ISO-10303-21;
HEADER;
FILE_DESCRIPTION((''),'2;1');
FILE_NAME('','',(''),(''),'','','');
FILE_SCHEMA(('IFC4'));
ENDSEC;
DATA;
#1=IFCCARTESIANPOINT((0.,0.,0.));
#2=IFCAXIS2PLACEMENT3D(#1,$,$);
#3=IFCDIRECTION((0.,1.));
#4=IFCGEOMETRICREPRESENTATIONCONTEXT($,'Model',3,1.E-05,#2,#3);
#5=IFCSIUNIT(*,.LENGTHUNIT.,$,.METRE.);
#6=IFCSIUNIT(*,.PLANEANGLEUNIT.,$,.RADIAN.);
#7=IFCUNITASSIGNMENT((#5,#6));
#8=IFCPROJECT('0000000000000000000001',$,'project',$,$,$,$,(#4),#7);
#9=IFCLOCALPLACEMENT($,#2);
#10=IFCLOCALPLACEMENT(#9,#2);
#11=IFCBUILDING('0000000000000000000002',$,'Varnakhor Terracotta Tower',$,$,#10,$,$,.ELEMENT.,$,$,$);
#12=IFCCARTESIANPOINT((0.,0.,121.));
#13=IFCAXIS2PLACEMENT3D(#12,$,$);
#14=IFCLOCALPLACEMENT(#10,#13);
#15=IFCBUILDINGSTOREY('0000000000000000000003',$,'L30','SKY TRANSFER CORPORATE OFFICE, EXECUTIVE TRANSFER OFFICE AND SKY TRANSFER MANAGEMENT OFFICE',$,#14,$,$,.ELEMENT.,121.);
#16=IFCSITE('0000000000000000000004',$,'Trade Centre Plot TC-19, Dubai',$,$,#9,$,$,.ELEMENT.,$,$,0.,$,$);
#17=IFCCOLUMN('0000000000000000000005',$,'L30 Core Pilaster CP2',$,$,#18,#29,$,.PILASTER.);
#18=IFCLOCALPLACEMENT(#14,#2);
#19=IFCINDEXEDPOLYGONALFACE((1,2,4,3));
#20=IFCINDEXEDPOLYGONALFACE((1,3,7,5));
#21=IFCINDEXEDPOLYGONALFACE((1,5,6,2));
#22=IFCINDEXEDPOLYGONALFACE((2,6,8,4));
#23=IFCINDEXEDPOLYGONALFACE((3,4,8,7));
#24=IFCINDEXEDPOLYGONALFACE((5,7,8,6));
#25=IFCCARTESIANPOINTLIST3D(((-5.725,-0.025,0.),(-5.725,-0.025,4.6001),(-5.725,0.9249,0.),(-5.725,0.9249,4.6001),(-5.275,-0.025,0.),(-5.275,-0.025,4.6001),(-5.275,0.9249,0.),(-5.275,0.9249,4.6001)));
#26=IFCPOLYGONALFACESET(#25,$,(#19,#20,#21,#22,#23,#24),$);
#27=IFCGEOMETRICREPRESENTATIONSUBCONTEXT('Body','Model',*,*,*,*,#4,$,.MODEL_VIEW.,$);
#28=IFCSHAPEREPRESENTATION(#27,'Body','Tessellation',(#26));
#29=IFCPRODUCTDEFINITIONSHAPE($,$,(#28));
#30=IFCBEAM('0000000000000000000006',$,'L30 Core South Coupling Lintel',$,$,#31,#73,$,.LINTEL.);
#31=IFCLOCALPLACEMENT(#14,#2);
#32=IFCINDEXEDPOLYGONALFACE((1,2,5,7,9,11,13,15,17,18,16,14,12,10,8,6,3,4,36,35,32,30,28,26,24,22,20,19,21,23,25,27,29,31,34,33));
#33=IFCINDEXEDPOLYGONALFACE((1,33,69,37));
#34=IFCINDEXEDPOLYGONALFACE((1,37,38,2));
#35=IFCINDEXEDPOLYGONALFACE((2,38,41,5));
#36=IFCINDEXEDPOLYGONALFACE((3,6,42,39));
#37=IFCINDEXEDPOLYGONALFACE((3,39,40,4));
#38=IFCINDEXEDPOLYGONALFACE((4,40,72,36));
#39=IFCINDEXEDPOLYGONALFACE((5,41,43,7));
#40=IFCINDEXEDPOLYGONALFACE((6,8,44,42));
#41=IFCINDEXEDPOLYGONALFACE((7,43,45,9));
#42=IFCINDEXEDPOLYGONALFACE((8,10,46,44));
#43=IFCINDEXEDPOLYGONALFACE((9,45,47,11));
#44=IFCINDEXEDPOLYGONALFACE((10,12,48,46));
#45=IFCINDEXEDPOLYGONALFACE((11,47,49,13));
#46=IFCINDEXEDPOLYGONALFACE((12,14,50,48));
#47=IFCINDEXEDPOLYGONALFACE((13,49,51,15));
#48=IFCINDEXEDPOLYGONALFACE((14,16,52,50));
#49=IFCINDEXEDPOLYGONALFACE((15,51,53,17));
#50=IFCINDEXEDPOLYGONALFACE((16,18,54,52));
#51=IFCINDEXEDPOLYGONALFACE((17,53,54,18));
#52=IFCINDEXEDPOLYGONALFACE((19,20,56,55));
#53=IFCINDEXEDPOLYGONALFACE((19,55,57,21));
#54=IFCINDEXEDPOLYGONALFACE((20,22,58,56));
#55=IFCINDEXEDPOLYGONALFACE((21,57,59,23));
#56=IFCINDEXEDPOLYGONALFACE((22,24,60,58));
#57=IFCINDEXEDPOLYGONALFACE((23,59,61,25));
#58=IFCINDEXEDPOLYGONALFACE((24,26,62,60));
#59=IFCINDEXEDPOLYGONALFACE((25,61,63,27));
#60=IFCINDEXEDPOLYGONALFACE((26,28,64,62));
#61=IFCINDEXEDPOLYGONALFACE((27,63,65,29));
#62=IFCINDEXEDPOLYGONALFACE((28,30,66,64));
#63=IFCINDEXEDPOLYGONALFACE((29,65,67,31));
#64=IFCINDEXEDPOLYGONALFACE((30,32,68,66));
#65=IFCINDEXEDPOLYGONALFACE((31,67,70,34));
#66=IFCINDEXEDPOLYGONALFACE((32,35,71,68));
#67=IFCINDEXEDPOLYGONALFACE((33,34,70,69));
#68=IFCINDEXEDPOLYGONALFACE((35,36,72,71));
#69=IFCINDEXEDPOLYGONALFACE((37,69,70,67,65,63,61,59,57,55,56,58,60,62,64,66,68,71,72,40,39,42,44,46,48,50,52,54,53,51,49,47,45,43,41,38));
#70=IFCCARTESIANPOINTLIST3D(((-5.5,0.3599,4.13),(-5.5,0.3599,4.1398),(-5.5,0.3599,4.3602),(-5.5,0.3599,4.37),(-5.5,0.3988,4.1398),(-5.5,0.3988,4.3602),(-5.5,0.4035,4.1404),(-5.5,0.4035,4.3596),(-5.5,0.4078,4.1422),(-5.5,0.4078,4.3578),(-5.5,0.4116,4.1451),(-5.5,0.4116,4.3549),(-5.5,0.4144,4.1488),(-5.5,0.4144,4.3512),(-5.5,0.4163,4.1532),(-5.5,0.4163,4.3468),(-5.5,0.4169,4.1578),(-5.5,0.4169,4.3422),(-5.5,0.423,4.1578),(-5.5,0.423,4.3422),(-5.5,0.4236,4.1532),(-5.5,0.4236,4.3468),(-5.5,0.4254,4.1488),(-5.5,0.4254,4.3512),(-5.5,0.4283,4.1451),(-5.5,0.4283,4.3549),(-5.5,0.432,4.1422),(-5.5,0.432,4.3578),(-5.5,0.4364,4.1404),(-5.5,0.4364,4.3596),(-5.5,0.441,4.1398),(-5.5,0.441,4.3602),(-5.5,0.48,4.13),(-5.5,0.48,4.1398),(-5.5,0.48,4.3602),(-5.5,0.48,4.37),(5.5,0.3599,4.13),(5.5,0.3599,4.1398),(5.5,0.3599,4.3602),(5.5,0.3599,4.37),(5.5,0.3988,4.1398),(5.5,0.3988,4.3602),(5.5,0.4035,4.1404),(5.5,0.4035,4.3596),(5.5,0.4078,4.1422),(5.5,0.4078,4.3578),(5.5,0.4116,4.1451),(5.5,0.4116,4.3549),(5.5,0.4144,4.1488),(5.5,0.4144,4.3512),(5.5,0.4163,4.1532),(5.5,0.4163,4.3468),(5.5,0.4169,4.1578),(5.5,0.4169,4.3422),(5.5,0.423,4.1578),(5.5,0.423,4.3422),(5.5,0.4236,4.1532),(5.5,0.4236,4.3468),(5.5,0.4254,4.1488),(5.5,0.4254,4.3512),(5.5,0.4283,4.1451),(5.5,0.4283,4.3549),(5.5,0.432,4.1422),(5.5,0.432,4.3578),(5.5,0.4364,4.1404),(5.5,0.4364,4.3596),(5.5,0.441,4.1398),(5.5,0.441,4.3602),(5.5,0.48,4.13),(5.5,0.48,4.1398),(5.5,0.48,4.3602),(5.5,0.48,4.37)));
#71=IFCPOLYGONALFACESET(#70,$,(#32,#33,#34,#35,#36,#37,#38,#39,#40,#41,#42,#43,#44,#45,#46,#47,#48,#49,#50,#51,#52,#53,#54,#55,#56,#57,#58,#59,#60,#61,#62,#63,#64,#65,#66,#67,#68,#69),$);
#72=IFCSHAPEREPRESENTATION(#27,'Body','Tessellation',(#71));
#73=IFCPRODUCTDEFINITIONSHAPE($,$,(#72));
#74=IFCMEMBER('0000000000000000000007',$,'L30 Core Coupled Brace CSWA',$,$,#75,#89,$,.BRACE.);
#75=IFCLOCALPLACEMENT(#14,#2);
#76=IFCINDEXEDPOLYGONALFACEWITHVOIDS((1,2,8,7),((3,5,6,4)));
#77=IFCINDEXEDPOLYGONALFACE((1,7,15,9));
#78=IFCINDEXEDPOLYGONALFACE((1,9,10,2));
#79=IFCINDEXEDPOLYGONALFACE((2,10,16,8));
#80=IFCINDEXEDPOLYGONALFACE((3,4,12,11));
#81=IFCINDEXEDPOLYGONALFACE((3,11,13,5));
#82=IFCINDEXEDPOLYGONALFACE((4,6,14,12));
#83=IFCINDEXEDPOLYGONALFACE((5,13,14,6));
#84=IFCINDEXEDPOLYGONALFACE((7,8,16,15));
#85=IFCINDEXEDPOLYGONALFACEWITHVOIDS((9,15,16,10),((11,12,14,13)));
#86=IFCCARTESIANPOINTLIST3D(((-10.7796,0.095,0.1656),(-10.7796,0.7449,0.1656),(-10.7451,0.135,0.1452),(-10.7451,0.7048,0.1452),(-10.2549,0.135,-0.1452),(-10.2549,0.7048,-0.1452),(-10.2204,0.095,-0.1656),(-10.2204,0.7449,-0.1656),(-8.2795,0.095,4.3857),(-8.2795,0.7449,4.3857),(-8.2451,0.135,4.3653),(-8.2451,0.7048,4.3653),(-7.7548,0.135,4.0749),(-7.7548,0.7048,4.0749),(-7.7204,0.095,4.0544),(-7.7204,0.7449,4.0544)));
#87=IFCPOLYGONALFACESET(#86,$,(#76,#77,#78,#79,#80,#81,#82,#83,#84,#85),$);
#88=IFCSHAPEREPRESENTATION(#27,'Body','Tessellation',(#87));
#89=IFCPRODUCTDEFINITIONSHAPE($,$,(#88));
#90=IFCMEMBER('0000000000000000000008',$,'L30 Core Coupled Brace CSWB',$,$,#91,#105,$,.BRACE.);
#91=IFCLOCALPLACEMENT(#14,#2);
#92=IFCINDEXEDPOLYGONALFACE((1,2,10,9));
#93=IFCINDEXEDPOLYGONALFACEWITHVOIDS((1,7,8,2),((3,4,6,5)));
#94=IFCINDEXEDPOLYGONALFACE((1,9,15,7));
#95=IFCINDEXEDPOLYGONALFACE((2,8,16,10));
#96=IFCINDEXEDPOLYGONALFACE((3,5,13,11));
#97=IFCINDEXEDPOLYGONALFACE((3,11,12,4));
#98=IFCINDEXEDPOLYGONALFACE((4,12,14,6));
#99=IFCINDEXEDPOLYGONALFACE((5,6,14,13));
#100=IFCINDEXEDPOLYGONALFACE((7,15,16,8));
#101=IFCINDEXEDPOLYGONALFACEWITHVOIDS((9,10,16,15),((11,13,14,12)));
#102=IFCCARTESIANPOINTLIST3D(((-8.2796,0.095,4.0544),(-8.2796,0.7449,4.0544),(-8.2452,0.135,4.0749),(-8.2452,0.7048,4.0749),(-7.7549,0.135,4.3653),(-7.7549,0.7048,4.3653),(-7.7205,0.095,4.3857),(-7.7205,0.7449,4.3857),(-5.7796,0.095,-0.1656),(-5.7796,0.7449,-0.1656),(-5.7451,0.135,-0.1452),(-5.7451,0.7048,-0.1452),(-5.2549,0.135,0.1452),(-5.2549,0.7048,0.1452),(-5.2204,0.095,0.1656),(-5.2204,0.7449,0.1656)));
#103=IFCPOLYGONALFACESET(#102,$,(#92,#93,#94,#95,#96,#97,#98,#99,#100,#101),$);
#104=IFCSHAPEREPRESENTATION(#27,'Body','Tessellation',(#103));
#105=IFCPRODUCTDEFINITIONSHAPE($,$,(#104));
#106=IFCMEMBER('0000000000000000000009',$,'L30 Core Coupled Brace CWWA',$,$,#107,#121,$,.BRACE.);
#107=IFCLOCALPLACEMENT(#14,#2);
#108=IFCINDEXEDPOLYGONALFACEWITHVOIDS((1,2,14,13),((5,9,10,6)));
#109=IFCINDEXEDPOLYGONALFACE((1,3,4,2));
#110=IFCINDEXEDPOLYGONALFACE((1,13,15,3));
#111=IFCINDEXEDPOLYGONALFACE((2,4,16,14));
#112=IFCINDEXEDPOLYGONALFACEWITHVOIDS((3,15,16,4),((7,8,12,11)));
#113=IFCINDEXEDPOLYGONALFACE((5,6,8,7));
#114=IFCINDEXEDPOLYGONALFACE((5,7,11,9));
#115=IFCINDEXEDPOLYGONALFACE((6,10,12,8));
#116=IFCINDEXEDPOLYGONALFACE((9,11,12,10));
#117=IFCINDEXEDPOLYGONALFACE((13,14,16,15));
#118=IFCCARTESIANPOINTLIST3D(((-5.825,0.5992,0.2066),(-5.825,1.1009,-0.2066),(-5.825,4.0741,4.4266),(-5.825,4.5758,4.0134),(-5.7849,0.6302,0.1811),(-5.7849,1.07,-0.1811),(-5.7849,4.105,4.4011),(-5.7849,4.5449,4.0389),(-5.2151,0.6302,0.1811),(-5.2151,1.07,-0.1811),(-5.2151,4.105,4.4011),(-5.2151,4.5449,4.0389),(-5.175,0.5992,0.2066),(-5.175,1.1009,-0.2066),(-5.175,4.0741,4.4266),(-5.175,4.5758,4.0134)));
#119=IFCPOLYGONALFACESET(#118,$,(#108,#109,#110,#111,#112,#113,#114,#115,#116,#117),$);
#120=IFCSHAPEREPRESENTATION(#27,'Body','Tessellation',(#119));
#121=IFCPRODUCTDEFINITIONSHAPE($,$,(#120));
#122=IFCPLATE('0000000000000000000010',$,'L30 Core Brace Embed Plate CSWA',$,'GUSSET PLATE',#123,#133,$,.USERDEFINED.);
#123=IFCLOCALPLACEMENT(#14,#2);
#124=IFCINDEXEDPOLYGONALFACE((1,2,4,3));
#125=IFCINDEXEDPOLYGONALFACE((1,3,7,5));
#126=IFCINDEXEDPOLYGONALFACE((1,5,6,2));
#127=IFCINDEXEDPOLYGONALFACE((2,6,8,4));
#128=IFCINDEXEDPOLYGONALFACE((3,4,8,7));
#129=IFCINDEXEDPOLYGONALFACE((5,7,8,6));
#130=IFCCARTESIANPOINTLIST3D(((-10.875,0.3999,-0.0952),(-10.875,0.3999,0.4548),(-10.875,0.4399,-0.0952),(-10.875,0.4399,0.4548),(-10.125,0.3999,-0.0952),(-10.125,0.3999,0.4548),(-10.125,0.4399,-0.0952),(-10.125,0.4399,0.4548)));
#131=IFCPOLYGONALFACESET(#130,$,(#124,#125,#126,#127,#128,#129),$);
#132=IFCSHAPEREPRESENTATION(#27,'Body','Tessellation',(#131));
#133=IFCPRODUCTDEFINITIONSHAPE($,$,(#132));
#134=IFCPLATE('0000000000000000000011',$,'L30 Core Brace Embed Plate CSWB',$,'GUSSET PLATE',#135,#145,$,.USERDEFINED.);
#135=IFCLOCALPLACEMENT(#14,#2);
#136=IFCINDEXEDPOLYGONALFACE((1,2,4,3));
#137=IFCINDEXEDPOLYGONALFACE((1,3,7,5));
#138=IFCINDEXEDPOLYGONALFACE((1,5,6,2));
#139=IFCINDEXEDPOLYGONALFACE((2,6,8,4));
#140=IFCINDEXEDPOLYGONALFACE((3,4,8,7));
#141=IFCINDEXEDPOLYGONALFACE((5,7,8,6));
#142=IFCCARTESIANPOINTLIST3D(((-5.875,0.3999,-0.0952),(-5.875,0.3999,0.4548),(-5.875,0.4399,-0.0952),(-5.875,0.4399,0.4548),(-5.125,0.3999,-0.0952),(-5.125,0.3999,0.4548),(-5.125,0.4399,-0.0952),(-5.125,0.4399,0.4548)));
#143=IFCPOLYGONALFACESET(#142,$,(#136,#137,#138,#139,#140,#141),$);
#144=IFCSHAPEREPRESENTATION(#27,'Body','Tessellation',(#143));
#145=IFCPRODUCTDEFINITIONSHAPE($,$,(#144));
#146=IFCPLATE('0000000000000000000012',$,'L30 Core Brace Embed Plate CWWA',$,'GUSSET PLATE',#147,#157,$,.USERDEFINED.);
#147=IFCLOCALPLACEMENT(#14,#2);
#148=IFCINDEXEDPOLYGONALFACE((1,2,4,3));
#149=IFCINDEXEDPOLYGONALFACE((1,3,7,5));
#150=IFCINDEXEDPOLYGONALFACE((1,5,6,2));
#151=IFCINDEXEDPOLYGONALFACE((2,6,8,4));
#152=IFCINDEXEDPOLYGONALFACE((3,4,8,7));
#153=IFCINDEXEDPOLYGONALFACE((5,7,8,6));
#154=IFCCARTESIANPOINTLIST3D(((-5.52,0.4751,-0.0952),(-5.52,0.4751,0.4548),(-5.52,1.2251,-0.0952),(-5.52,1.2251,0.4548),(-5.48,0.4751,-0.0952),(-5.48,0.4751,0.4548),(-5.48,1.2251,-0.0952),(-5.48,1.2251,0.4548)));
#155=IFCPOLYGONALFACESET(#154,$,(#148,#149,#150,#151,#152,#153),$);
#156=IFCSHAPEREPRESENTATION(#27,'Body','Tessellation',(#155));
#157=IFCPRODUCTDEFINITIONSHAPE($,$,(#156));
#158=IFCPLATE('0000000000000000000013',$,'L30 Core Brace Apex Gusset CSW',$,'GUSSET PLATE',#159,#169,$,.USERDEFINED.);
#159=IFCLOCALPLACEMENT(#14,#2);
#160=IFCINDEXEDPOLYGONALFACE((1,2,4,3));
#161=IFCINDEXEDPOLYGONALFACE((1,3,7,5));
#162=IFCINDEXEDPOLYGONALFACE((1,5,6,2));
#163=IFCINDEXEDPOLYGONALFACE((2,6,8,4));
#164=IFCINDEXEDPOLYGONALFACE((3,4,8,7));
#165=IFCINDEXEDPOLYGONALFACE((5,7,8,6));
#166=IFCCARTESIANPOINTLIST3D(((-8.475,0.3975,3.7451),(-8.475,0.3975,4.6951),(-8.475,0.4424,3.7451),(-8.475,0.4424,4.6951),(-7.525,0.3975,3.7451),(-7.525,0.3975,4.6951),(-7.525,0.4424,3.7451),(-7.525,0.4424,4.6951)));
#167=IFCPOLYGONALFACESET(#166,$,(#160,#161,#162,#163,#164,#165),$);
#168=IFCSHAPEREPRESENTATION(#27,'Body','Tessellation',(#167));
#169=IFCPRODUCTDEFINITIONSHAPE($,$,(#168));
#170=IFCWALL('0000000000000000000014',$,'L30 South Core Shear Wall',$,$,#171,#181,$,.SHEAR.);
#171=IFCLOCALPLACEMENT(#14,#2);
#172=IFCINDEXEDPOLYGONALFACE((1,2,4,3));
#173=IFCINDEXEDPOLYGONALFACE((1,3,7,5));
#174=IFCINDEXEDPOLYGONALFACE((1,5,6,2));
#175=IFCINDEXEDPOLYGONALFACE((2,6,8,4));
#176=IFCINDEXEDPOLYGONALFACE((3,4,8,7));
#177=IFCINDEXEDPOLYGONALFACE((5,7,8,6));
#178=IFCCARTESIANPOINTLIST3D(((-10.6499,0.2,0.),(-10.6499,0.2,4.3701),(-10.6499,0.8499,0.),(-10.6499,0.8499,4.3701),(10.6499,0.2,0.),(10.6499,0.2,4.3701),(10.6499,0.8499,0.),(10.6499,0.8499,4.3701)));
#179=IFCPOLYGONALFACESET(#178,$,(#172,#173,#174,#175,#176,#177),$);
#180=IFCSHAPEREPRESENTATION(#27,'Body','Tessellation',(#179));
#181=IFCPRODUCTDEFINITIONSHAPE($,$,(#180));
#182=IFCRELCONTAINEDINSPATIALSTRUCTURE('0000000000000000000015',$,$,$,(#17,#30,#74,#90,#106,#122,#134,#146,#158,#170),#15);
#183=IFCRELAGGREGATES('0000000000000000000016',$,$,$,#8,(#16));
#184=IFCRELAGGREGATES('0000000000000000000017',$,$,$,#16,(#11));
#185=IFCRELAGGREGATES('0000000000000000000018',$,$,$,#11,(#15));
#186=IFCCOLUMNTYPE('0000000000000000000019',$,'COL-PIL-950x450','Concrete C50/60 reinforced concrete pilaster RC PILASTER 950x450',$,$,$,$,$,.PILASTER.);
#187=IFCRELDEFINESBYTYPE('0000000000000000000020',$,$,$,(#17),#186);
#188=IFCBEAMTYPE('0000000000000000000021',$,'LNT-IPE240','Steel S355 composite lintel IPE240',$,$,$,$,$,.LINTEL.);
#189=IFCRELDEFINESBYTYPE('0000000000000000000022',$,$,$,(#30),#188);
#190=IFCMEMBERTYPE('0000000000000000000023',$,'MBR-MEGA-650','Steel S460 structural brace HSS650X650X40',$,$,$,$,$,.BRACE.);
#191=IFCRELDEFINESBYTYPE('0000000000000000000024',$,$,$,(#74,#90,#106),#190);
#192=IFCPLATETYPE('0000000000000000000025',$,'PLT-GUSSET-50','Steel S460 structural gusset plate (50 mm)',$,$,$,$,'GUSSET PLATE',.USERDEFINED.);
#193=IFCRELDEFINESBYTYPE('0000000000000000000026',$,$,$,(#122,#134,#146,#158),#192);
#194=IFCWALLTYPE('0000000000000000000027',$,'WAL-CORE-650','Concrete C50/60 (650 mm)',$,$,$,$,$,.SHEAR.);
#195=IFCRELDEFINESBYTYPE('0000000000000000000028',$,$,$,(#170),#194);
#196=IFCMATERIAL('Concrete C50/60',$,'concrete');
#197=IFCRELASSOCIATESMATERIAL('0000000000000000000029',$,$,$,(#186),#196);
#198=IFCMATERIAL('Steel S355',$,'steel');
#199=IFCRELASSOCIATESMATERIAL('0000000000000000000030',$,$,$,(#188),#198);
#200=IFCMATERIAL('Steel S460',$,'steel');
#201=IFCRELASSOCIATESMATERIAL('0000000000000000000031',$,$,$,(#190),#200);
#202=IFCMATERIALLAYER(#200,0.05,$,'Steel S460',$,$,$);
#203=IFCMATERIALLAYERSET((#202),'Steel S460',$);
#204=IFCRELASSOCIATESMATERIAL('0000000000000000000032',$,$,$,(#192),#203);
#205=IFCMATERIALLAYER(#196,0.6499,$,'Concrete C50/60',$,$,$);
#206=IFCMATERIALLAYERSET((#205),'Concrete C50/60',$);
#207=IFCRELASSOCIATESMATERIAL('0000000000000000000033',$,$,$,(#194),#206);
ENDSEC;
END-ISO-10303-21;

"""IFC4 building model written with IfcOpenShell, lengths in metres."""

from ifc_helpers import new_model, si_unit, direction, frame, frame_2d, origin, origin_2d, place, context, subcontext, project, spatial, rectangle, hollow_rectangle, i_section, extrude, source, transform, mapped, material, layer, layer_set, material_profile, profile_set, type_object, type_shapes, element, save


model = new_model("IFC4")

# Units and contexts
model_context = context("Model", 3, precision=1e-05, world=origin(), true_north=direction((0.0, 1.0)))
body_context = subcontext(model_context, "Body", "Model", "MODEL_VIEW")
ifc_project = project(units=[si_unit("LENGTHUNIT", "METRE"), si_unit("PLANEANGLEUNIT", "RADIAN")], contexts=[model_context])

# Site, building, storey
site_placement = place(None, origin())
site = spatial("IfcSite", under=ifc_project, at=site_placement, Name="Trade Centre Plot TC-19, Dubai", CompositionType="ELEMENT", RefElevation=0.0)
building_placement = place(site_placement, origin())
building = spatial("IfcBuilding", under=site, at=building_placement, Name="Varnakhor Terracotta Tower", CompositionType="ELEMENT")
storey_placement = place(building_placement, frame((0.0, 0.0, 121.0)))
storey = spatial("IfcBuildingStorey", under=building, at=storey_placement, Name="L30", Description="SKY TRANSFER CORPORATE OFFICE, EXECUTIVE TRANSFER OFFICE AND SKY TRANSFER MANAGEMENT OFFICE", CompositionType="ELEMENT", Elevation=121.0)

# Column
ifc_material_1 = material(Name="Concrete C50/60", Category="concrete")
ifc_material_profile_1 = material_profile(ifc_material_1, rectangle(XDim=0.45, YDim=0.95, at=origin_2d()), Name="RC PILASTER 950x450")
ifc_profile_set_1 = profile_set([ifc_material_profile_1], Name="Concrete C50/60")
column_type = type_object("IfcColumnType", Name="COL-PIL-950x450", Description="Concrete C50/60 reinforced concrete pilaster RC PILASTER 950x450", PredefinedType="PILASTER", material=ifc_profile_set_1)
shared_shape_1 = source(origin(), body_context, "Body", "SweptSolid", [
    extrude(rectangle(XDim=0.45, YDim=0.95, at=origin_2d()), origin(), (0.0, 0.0, 1.0), 4.6001),
])
column_placement = place(storey_placement, frame((-5.5, 0.45, 0.0), z_axis=(0.0, 0.0, 1.0), x_axis=(1.0, 0.0, 0.0)))
element("IfcColumn", 1, at=column_placement, inside=storey, type_object=column_type, Name="L30 Core Pilaster CP2", PredefinedType="PILASTER", context=body_context, shape_type="MappedRepresentation", body=[
    mapped(shared_shape_1, transform((0.0, 0.0, 0.0), scale=1.0)),
])

# Beam
ifc_material_2 = material(Name="Steel S355", Category="steel")
ifc_material_profile_2 = material_profile(ifc_material_2, i_section(OverallWidth=0.1201, OverallDepth=0.24, WebThickness=0.0061, FlangeThickness=0.0098, FilletRadius=0.0181, at=origin_2d()), Name="IPE240")
ifc_profile_set_2 = profile_set([ifc_material_profile_2], Name="Steel S355")
beam_type = type_object("IfcBeamType", Name="LNT-IPE240", Description="Steel S355 composite lintel IPE240", PredefinedType="LINTEL", material=ifc_profile_set_2)
shared_shape_2 = source(origin(), body_context, "Body", "SweptSolid", [
    extrude(i_section(OverallWidth=0.1201, OverallDepth=0.24, WebThickness=0.0061, FlangeThickness=0.0098, FilletRadius=0.0181, at=origin_2d()), origin(), (0.0, 0.0, 1.0), 11.0),
])
type_shapes(beam_type, [shared_shape_2])
beam_placement = place(storey_placement, frame((-5.5, 0.4199, 4.25), z_axis=(1.0, 0.0, 0.0), x_axis=(0.0, 1.0, 0.0)))
element("IfcBeam", 2, at=beam_placement, inside=storey, type_object=beam_type, Name="L30 Core South Coupling Lintel", PredefinedType="LINTEL", context=body_context, shape_type="MappedRepresentation", body=[
    mapped(shared_shape_2, transform((0.0, 0.0, 0.0), scale=1.0)),
])

# Members
ifc_material_3 = material(Name="Steel S460", Category="steel")
ifc_material_profile_3 = material_profile(ifc_material_3, hollow_rectangle(XDim=0.6499, YDim=0.6499, WallThickness=0.04, at=origin_2d()), Name="HSS650X650X40")
ifc_profile_set_3 = profile_set([ifc_material_profile_3], Name="Steel S460")
member_type = type_object("IfcMemberType", Name="MBR-MEGA-650", Description="Steel S460 structural brace HSS650X650X40", PredefinedType="BRACE", material=ifc_profile_set_3)
shared_shape_3 = source(origin(), body_context, "Body", "SweptSolid", [
    extrude(hollow_rectangle(XDim=0.6499, YDim=0.6499, WallThickness=0.04, at=origin_2d()), origin(), (0.0, 0.0, 1.0), 4.905),
])
type_shapes(member_type, [shared_shape_3])
for number, where, z_axis, x_axis, name in (
    (3, (-10.5, 0.4199, 0.0), (0.509693, 0.0, 0.860356), (0.0, 1.0, 0.0), "L30 Core Coupled Brace CSWA"),
    (4, (-5.5, 0.4199, 0.0), (-0.509693, 0.0, 0.860356), (0.0, -1.0, 0.0), "L30 Core Coupled Brace CSWB"),
):
    element("IfcMember", number, at=place(storey_placement, frame(where, z_axis=z_axis, x_axis=x_axis)), inside=storey, type_object=member_type, Name=name, PredefinedType="BRACE", context=body_context, shape_type="MappedRepresentation", body=[
        mapped(shared_shape_3, transform((0.0, 0.0, 0.0), scale=1.0)),
    ])
shared_shape_4 = source(origin(), body_context, "Body", "SweptSolid", [
    extrude(hollow_rectangle(XDim=0.6499, YDim=0.6499, WallThickness=0.04, at=origin_2d()), origin(), (0.0, 0.0, 1.0), 5.4666),
])
member_placement = place(storey_placement, frame((-5.5, 0.8501, 0.0), z_axis=(0.0, 0.635662, 0.771968), x_axis=(-1.0, 0.0, 0.0)))
element("IfcMember", 5, at=member_placement, inside=storey, type_object=member_type, Name="L30 Core Coupled Brace CWWA", PredefinedType="BRACE", context=body_context, shape_type="MappedRepresentation", body=[
    mapped(shared_shape_4, transform((0.0, 0.0, 0.0), scale=1.0)),
])

# Plates
ifc_layer_1 = layer(ifc_material_3, 0.05, Name="Steel S460")
ifc_layer_set_1 = layer_set([ifc_layer_1], Name="Steel S460")
plate_type = type_object("IfcPlateType", Name="PLT-GUSSET-50", Description="Steel S460 structural gusset plate (50 mm)", ElementType="GUSSET PLATE", PredefinedType="USERDEFINED", material=ifc_layer_set_1)
shared_shape_5 = source(origin(), body_context, "Body", "SweptSolid", [
    extrude(rectangle(XDim=0.75, YDim=0.04, at=origin_2d()), origin(), (0.0, 0.0, 1.0), 0.55),
])
type_shapes(plate_type, [shared_shape_5])
for number, where, z_axis, x_axis, name in (
    (6, (-10.5, 0.4199, -0.0952), (0.0, 0.0, 1.0), (1.0, 0.0, 0.0), "L30 Core Brace Embed Plate CSWA"),
    (7, (-5.5, 0.4199, -0.0952), (0.0, 0.0, 1.0), (1.0, 0.0, 0.0), "L30 Core Brace Embed Plate CSWB"),
    (8, (-5.5, 0.8501, -0.0952), (0.0, 0.0, 1.0), (0.0, 1.0, 0.0), "L30 Core Brace Embed Plate CWWA"),
):
    element("IfcPlate", number, at=place(storey_placement, frame(where, z_axis=z_axis, x_axis=x_axis)), inside=storey, type_object=plate_type, Name=name, ObjectType="GUSSET PLATE", PredefinedType="USERDEFINED", context=body_context, shape_type="MappedRepresentation", body=[
        mapped(shared_shape_5, transform((0.0, 0.0, 0.0), scale=1.0)),
    ])
shared_shape_6 = source(origin(), body_context, "Body", "SweptSolid", [
    extrude(rectangle(XDim=0.95, YDim=0.0449, at=origin_2d()), origin(), (0.0, 0.0, 1.0), 0.95),
])
plate_placement = place(storey_placement, frame((-8.0, 0.4199, 3.7451), z_axis=(0.0, 0.0, 1.0), x_axis=(1.0, 0.0, 0.0)))
element("IfcPlate", 9, at=plate_placement, inside=storey, type_object=plate_type, Name="L30 Core Brace Apex Gusset CSW", ObjectType="GUSSET PLATE", PredefinedType="USERDEFINED", context=body_context, shape_type="MappedRepresentation", body=[
    mapped(shared_shape_6, transform((0.0, 0.0, 0.0), scale=1.0)),
])

# Wall
ifc_layer_2 = layer(ifc_material_1, 0.6499, Name="Concrete C50/60")
ifc_layer_set_2 = layer_set([ifc_layer_2], Name="Concrete C50/60")
wall_type_1 = type_object("IfcWallType", Name="WAL-CORE-650", Description="Concrete C50/60 (650 mm)", PredefinedType="SHEAR", material=ifc_layer_set_2)
wall_1_placement = place(storey_placement, frame((-10.6499, 0.5249, 0.0), z_axis=(0.0, 0.0, 1.0), x_axis=(1.0, 0.0, 0.0)))
element("IfcWall", 10, at=wall_1_placement, inside=storey, type_object=wall_type_1, Name="L30 South Core Shear Wall", PredefinedType="SHEAR", context=body_context, shape_type="SweptSolid", body=[
    extrude(rectangle(XDim=21.2998, YDim=0.6499, at=frame_2d((10.6499, 0.0))), origin(), (0.0, 0.0, 1.0), 4.3701),
])

save(model, "model.ifc")
